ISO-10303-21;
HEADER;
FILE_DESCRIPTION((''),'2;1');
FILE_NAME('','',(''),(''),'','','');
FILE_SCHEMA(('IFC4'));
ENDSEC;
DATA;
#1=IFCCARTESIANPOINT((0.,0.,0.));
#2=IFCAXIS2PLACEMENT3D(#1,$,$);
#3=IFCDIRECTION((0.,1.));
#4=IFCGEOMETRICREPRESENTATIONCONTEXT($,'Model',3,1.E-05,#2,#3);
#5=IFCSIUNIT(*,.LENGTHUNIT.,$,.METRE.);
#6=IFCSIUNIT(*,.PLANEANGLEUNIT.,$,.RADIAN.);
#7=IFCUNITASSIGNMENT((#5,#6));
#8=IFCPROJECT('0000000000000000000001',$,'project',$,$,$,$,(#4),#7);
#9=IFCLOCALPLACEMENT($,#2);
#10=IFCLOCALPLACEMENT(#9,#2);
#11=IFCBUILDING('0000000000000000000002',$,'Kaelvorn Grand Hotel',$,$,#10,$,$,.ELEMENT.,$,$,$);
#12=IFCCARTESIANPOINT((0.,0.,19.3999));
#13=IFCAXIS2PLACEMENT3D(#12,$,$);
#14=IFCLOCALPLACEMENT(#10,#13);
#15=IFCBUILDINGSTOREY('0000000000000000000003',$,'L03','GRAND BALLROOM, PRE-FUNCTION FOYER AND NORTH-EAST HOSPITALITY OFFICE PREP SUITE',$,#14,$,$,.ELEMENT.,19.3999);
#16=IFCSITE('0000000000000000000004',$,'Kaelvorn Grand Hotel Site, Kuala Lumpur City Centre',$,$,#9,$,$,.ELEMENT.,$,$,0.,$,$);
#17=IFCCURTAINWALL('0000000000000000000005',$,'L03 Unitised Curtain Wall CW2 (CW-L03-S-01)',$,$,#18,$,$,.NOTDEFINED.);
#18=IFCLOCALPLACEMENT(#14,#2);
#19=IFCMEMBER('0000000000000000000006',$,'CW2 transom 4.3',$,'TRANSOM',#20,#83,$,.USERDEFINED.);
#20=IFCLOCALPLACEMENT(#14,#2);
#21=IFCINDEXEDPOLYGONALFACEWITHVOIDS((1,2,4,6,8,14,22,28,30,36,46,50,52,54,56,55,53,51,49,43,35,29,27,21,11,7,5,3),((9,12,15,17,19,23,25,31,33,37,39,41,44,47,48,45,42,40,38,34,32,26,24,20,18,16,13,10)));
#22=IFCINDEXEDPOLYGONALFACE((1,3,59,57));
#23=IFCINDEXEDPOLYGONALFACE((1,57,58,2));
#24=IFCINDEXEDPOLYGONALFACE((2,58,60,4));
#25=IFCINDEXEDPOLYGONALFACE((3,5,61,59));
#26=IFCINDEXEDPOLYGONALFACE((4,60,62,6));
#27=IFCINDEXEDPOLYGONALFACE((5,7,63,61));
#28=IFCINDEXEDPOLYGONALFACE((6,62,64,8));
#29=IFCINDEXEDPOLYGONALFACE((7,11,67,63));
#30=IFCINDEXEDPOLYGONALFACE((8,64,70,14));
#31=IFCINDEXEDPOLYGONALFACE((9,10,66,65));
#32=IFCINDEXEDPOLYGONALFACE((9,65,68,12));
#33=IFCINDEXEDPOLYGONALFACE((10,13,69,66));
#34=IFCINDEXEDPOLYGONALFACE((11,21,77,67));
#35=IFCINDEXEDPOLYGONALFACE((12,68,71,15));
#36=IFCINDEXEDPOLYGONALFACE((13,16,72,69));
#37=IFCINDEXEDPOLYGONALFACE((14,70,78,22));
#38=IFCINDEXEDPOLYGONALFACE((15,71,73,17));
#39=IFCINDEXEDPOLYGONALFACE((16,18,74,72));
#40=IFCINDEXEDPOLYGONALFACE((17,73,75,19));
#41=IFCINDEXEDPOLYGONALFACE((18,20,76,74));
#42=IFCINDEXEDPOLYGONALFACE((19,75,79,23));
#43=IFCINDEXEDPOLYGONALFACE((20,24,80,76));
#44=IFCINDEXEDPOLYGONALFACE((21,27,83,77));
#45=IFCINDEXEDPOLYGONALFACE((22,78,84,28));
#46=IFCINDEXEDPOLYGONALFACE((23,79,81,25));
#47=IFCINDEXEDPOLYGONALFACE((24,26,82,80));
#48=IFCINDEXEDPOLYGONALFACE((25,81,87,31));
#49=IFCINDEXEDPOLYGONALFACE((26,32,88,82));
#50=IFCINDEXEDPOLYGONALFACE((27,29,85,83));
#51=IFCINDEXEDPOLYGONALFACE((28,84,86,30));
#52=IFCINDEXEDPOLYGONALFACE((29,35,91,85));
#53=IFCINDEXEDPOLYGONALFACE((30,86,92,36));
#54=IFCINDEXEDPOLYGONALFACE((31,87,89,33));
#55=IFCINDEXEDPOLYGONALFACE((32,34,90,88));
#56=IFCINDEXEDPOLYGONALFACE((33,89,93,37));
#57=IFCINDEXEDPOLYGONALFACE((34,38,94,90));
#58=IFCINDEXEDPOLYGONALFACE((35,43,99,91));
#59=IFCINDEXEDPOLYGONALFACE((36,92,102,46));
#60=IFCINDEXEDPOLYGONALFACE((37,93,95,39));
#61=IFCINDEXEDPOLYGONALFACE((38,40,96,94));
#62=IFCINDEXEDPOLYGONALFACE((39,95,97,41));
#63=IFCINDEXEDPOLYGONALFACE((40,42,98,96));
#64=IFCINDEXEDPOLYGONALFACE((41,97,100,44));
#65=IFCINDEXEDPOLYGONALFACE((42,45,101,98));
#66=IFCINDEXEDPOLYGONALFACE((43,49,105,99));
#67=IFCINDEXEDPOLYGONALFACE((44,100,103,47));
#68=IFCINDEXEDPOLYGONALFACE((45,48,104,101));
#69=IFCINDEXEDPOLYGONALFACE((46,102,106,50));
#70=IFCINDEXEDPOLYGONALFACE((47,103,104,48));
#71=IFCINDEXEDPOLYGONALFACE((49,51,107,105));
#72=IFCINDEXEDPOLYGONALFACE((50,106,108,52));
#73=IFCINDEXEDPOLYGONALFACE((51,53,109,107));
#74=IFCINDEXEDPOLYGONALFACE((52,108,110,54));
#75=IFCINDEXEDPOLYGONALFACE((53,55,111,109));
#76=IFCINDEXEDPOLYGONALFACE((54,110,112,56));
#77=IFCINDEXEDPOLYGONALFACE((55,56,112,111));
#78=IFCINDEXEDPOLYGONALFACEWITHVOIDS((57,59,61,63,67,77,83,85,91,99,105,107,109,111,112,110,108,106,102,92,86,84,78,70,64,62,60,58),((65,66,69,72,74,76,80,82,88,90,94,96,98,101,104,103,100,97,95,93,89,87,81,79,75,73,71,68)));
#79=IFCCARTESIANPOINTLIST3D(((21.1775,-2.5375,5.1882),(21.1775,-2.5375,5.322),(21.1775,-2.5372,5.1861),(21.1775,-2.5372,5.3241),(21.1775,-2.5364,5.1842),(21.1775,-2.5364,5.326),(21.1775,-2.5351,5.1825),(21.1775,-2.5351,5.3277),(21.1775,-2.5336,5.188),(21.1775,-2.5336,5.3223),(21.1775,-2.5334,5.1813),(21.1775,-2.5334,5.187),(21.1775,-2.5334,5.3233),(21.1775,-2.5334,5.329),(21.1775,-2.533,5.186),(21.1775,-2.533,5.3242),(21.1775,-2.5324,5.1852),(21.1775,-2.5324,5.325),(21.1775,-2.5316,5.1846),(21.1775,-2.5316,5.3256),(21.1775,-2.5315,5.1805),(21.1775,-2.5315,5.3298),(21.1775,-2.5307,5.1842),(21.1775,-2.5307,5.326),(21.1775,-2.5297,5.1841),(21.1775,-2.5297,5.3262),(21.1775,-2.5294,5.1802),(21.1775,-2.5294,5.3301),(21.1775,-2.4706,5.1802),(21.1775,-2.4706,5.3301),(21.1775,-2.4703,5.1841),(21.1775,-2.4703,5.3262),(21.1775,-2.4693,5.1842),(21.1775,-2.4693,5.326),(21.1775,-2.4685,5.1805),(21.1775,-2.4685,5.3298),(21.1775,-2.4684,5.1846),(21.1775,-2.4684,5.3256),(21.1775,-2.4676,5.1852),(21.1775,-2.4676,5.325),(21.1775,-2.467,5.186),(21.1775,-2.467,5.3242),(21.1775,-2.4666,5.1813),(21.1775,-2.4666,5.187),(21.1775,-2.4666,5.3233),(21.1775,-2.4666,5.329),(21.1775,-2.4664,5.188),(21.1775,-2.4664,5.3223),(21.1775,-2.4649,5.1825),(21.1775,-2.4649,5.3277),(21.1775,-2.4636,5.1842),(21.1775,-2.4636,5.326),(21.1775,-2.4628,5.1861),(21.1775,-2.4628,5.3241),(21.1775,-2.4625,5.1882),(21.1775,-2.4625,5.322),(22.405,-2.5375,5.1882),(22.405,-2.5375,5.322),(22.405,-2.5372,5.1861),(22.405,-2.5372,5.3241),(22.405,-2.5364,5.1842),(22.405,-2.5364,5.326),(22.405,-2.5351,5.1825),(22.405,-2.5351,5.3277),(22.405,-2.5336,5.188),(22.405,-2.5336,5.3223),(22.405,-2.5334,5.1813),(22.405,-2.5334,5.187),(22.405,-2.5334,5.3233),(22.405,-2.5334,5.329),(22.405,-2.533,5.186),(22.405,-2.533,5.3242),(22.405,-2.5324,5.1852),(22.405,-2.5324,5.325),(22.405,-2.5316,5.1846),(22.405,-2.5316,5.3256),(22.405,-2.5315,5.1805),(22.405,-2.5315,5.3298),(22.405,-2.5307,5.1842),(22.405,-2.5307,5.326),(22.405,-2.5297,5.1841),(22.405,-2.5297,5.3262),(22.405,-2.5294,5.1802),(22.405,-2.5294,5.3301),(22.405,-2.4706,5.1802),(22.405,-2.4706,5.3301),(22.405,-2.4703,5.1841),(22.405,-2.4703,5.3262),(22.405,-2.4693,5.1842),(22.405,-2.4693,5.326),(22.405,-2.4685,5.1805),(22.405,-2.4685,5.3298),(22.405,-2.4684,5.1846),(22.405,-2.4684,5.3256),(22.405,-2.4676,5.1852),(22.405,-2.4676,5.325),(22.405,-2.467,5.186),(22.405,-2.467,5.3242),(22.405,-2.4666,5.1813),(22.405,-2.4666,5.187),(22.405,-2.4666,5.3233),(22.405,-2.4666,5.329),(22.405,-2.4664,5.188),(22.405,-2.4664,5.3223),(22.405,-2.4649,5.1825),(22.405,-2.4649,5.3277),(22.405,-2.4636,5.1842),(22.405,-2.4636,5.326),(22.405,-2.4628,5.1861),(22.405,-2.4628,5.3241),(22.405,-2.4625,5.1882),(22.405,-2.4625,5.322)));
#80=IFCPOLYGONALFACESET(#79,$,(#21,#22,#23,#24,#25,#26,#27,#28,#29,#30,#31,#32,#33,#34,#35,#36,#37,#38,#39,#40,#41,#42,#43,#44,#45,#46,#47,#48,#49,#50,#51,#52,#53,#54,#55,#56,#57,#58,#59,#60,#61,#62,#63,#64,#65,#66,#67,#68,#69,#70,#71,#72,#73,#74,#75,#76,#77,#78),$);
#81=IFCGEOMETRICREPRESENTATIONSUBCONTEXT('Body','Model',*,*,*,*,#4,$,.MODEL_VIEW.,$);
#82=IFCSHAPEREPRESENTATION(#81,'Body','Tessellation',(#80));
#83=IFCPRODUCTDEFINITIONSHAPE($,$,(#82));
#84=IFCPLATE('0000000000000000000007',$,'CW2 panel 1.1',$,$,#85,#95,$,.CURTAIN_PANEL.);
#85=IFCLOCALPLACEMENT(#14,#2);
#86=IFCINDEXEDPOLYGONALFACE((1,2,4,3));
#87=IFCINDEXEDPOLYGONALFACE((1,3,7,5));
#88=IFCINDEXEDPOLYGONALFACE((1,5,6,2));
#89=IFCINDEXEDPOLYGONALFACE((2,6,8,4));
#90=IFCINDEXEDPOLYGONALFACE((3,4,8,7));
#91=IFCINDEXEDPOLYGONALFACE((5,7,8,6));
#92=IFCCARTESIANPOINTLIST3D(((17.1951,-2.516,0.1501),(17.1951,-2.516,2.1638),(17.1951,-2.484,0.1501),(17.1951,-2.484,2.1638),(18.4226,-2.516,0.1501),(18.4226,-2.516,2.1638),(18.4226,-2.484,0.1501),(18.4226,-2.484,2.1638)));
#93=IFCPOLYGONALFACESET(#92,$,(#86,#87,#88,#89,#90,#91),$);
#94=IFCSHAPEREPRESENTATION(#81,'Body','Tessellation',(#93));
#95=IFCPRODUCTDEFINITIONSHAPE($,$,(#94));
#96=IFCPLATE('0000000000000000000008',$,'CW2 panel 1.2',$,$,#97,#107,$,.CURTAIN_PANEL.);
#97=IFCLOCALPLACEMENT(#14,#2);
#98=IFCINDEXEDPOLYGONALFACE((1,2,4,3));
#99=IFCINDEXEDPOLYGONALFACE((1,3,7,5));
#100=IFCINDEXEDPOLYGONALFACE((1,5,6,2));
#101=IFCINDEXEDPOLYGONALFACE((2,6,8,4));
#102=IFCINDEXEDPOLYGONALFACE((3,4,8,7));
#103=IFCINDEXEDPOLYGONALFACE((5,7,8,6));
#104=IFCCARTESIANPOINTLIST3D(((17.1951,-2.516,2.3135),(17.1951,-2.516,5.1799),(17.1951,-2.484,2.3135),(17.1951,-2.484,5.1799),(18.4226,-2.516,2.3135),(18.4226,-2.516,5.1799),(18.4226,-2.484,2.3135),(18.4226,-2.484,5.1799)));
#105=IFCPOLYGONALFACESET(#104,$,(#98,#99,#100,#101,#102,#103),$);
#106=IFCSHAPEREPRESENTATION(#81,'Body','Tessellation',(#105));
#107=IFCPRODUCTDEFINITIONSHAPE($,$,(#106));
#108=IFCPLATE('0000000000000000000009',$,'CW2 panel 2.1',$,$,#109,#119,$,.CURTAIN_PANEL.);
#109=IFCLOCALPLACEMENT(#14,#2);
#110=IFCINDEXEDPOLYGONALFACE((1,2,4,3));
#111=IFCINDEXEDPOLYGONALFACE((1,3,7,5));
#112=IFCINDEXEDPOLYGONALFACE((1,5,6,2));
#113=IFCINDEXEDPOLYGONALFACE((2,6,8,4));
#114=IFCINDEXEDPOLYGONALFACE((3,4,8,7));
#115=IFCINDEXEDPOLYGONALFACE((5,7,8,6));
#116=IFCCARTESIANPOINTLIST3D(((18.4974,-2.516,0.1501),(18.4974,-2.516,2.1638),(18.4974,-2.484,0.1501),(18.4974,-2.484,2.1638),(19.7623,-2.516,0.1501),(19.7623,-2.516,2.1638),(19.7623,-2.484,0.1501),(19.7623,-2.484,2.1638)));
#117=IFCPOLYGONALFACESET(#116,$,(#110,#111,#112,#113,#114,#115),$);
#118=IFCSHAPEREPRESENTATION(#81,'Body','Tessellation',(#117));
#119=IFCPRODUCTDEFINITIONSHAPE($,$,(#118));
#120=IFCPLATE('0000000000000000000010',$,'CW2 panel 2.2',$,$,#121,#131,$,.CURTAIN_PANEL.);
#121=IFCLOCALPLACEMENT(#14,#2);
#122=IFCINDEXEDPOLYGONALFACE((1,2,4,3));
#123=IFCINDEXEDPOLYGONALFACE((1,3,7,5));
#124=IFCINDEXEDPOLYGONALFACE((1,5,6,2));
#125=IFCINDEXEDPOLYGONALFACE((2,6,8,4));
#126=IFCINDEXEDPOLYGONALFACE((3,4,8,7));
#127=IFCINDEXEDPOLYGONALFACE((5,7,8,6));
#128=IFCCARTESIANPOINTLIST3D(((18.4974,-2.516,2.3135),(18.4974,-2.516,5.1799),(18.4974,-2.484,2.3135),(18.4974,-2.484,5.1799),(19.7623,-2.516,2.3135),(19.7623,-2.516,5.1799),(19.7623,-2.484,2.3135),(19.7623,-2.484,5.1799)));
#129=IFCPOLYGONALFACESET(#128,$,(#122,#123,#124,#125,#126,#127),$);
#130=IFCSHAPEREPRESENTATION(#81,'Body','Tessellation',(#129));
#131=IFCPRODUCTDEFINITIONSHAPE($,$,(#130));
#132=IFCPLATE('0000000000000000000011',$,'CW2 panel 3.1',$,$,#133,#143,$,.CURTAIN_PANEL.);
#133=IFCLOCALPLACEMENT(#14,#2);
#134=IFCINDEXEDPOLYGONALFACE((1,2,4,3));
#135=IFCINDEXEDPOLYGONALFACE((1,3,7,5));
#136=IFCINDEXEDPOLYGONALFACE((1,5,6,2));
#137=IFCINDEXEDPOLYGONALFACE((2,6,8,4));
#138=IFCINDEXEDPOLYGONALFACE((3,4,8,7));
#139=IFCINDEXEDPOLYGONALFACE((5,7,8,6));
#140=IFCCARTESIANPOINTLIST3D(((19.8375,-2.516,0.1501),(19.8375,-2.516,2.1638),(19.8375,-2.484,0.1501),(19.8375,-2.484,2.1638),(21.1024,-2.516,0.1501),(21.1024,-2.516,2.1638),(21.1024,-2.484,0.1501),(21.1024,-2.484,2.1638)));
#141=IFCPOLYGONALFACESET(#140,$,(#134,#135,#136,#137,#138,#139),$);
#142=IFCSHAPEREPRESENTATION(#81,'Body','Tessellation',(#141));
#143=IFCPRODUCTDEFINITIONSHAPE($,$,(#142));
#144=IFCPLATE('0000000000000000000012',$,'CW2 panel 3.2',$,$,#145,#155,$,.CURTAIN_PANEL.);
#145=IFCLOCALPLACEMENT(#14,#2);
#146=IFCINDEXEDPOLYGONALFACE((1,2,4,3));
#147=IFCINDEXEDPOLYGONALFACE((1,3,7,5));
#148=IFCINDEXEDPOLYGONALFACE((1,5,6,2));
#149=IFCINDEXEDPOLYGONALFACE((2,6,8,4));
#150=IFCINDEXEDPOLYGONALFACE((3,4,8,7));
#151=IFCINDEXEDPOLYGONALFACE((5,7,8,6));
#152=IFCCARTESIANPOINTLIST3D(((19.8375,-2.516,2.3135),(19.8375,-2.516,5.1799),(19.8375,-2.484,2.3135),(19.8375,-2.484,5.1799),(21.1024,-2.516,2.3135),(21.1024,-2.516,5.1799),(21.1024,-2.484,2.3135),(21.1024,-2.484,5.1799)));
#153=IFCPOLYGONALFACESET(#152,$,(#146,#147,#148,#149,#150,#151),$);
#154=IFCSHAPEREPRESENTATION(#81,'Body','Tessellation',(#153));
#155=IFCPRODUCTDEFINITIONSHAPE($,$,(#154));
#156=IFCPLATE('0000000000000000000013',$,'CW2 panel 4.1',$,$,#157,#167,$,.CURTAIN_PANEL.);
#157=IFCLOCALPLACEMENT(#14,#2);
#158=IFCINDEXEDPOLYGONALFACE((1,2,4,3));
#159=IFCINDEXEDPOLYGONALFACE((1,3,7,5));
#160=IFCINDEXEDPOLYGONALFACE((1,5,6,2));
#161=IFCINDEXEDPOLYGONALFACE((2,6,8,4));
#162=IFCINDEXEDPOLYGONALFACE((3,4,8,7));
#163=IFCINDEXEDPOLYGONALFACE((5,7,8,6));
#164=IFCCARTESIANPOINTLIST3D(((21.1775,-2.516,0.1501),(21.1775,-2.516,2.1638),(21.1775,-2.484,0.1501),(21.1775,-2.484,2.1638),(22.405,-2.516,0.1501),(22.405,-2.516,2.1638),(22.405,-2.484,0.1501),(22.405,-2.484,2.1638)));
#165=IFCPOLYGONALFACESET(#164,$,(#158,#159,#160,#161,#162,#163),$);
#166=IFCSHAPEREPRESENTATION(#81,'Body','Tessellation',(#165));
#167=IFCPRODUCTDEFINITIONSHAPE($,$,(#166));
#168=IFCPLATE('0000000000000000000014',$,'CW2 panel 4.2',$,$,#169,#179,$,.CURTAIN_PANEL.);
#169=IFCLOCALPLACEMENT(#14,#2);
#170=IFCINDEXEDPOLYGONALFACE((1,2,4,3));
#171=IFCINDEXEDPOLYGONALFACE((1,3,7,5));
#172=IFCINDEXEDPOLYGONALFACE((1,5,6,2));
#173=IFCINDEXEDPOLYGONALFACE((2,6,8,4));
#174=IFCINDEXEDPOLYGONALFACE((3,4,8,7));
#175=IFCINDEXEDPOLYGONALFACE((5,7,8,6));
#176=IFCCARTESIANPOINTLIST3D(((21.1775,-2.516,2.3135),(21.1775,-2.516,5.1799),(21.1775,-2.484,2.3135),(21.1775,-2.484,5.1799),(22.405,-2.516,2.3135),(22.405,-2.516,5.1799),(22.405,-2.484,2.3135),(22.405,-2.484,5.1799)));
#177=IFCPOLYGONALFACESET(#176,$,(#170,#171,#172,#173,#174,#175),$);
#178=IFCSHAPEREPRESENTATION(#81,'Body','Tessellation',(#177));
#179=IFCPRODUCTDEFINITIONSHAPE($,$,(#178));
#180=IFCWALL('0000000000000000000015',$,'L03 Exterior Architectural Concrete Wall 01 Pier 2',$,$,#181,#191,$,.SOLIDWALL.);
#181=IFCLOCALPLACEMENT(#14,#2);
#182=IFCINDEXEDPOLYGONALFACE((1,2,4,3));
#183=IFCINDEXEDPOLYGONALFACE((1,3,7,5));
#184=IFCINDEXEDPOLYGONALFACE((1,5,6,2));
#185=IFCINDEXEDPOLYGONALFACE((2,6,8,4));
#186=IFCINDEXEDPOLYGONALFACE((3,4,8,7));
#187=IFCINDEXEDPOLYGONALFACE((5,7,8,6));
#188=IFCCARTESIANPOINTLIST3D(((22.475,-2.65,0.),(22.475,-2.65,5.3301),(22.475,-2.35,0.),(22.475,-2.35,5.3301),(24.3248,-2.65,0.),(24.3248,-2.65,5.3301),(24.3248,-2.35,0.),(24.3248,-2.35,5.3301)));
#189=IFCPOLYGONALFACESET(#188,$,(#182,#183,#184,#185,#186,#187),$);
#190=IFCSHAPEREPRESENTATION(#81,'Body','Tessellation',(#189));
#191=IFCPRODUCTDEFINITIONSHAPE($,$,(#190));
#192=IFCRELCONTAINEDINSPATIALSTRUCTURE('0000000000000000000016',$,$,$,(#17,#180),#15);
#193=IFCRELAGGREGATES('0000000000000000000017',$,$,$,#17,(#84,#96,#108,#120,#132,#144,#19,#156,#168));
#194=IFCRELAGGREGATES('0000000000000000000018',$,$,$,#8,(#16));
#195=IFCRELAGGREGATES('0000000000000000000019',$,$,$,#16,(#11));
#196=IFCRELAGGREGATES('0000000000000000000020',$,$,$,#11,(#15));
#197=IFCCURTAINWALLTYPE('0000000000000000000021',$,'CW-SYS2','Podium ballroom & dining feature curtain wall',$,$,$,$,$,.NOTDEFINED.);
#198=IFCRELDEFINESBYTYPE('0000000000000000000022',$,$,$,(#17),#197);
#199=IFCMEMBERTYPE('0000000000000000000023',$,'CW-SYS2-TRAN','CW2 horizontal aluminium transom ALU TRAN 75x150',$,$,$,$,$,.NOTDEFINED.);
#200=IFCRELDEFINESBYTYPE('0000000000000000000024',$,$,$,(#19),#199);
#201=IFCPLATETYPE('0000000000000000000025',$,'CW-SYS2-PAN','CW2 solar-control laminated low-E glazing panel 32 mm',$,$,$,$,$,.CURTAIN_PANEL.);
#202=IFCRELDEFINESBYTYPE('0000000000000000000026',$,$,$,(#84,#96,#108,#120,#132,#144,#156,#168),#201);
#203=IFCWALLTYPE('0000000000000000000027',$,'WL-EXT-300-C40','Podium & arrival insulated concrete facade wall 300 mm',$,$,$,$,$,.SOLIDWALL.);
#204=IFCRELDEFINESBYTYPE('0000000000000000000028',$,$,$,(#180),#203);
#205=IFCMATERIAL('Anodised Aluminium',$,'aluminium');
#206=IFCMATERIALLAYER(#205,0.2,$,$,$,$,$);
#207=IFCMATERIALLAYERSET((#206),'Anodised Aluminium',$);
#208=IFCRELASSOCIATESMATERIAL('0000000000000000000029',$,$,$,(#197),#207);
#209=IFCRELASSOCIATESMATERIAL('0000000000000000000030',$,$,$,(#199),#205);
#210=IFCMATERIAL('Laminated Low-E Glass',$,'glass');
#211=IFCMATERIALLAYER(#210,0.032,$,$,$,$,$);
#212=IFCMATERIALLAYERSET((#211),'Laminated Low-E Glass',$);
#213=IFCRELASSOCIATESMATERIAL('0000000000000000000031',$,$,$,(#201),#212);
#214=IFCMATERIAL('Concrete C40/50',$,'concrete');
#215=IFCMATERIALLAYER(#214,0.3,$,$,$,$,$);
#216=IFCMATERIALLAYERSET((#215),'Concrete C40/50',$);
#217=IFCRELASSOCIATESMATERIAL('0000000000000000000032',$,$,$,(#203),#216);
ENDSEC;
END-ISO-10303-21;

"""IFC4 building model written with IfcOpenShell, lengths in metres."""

from ifc_helpers import new_model, si_unit, direction, frame, frame_2d, origin, origin_2d, place, context, subcontext, project, spatial, rectangle, hollow_rectangle, extrude, material, layer, layer_set, material_profile, profile_set, type_object, element, aggregate, save


model = new_model("IFC4")

# Units and contexts
model_context = context("Model", 3, precision=1e-05, world=origin(), true_north=direction((0.0, 1.0)))
body_context = subcontext(model_context, "Body", "Model", "MODEL_VIEW")
ifc_project = project(units=[si_unit("LENGTHUNIT", "METRE"), si_unit("PLANEANGLEUNIT", "RADIAN")], contexts=[model_context])

# Site, building, storey
site_placement = place(None, origin())
site = spatial("IfcSite", under=ifc_project, at=site_placement, Name="Kaelvorn Grand Hotel Site, Kuala Lumpur City Centre", CompositionType="ELEMENT", RefElevation=0.0)
building_placement = place(site_placement, origin())
building = spatial("IfcBuilding", under=site, at=building_placement, Name="Kaelvorn Grand Hotel", CompositionType="ELEMENT")
storey_placement = place(building_placement, frame((0.0, 0.0, 19.3999)))
storey = spatial("IfcBuildingStorey", under=building, at=storey_placement, Name="L03", Description="GRAND BALLROOM, PRE-FUNCTION FOYER AND NORTH-EAST HOSPITALITY OFFICE PREP SUITE", CompositionType="ELEMENT", Elevation=19.3999)

# Curtain wall, member, plates
ifc_material_1 = material(Name="Anodised Aluminium", Category="aluminium")
ifc_layer_1 = layer(ifc_material_1, 0.2)
ifc_layer_set_1 = layer_set([ifc_layer_1], Name="Anodised Aluminium")
curtain_wall_type = type_object("IfcCurtainWallType", Name="CW-SYS2", Description="Podium ballroom & dining feature curtain wall", PredefinedType="NOTDEFINED", material=ifc_layer_set_1)
curtain_wall_placement = place(storey_placement, origin())
curtain_wall = element("IfcCurtainWall", 1, at=curtain_wall_placement, inside=storey, type_object=curtain_wall_type, Name="L03 Unitised Curtain Wall CW2 (CW-L03-S-01)", PredefinedType="NOTDEFINED")
ifc_material_profile_1 = material_profile(ifc_material_1, hollow_rectangle(XDim=0.075, YDim=0.1499, WallThickness=0.0039, InnerFilletRadius=0.0039, OuterFilletRadius=0.0081, at=origin_2d()), Name="ALU TRAN 75x150")
ifc_profile_set_1 = profile_set([ifc_material_profile_1], Name="Anodised Aluminium")
member_type_1 = type_object("IfcMemberType", Name="CW-SYS2-TRAN", Description="CW2 horizontal aluminium transom ALU TRAN 75x150", PredefinedType="NOTDEFINED", material=ifc_profile_set_1)
member_1_placement = place(storey_placement, frame((21.1775, -2.5, 5.2551), z_axis=(1.0, 0.0, 0.0), x_axis=(0.0, 1.0, 0.0)))
member_1 = element("IfcMember", 2, at=member_1_placement, type_object=member_type_1, Name="CW2 transom 4.3", ObjectType="TRANSOM", PredefinedType="USERDEFINED", context=body_context, shape_type="SweptSolid", body=[
    extrude(hollow_rectangle(XDim=0.075, YDim=0.1499, WallThickness=0.0039, InnerFilletRadius=0.0039, OuterFilletRadius=0.0081, at=origin_2d()), origin(), (0.0, 0.0, 1.0), 1.2275),
])
ifc_material_2 = material(Name="Laminated Low-E Glass", Category="glass")
ifc_layer_2 = layer(ifc_material_2, 0.032)
ifc_layer_set_2 = layer_set([ifc_layer_2], Name="Laminated Low-E Glass")
plate_type = type_object("IfcPlateType", Name="CW-SYS2-PAN", Description="CW2 solar-control laminated low-E glazing panel 32 mm", PredefinedType="CURTAIN_PANEL", material=ifc_layer_set_2)
plate_1_placement = place(storey_placement, frame((17.8088, -2.5, 0.1501), z_axis=(0.0, 0.0, 1.0), x_axis=(1.0, 0.0, 0.0)))
plate_1 = element("IfcPlate", 3, at=plate_1_placement, type_object=plate_type, Name="CW2 panel 1.1", PredefinedType="CURTAIN_PANEL", context=body_context, shape_type="SweptSolid", body=[
    extrude(rectangle(XDim=1.2275, YDim=0.032, at=origin_2d()), origin(), (0.0, 0.0, 1.0), 2.0137),
])
plate_2_placement = place(storey_placement, frame((17.8088, -2.5, 2.3135), z_axis=(0.0, 0.0, 1.0), x_axis=(1.0, 0.0, 0.0)))
plate_2 = element("IfcPlate", 4, at=plate_2_placement, type_object=plate_type, Name="CW2 panel 1.2", PredefinedType="CURTAIN_PANEL", context=body_context, shape_type="SweptSolid", body=[
    extrude(rectangle(XDim=1.2275, YDim=0.032, at=origin_2d()), origin(), (0.0, 0.0, 1.0), 2.8665),
])
plate_3_placement = place(storey_placement, frame((19.1299, -2.5, 0.1501), z_axis=(0.0, 0.0, 1.0), x_axis=(1.0, 0.0, 0.0)))
plate_3 = element("IfcPlate", 5, at=plate_3_placement, type_object=plate_type, Name="CW2 panel 2.1", PredefinedType="CURTAIN_PANEL", context=body_context, shape_type="SweptSolid", body=[
    extrude(rectangle(XDim=1.2649, YDim=0.032, at=origin_2d()), origin(), (0.0, 0.0, 1.0), 2.0137),
])
plate_4_placement = place(storey_placement, frame((19.1299, -2.5, 2.3135), z_axis=(0.0, 0.0, 1.0), x_axis=(1.0, 0.0, 0.0)))
plate_4 = element("IfcPlate", 6, at=plate_4_placement, type_object=plate_type, Name="CW2 panel 2.2", PredefinedType="CURTAIN_PANEL", context=body_context, shape_type="SweptSolid", body=[
    extrude(rectangle(XDim=1.2649, YDim=0.032, at=origin_2d()), origin(), (0.0, 0.0, 1.0), 2.8665),
])
plate_5_placement = place(storey_placement, frame((20.47, -2.5, 0.1501), z_axis=(0.0, 0.0, 1.0), x_axis=(1.0, 0.0, 0.0)))
plate_5 = element("IfcPlate", 7, at=plate_5_placement, type_object=plate_type, Name="CW2 panel 3.1", PredefinedType="CURTAIN_PANEL", context=body_context, shape_type="SweptSolid", body=[
    extrude(rectangle(XDim=1.2649, YDim=0.032, at=origin_2d()), origin(), (0.0, 0.0, 1.0), 2.0137),
])
plate_6_placement = place(storey_placement, frame((20.47, -2.5, 2.3135), z_axis=(0.0, 0.0, 1.0), x_axis=(1.0, 0.0, 0.0)))
plate_6 = element("IfcPlate", 8, at=plate_6_placement, type_object=plate_type, Name="CW2 panel 3.2", PredefinedType="CURTAIN_PANEL", context=body_context, shape_type="SweptSolid", body=[
    extrude(rectangle(XDim=1.2649, YDim=0.032, at=origin_2d()), origin(), (0.0, 0.0, 1.0), 2.8665),
])
plate_7_placement = place(storey_placement, frame((21.7913, -2.5, 0.1501), z_axis=(0.0, 0.0, 1.0), x_axis=(1.0, 0.0, 0.0)))
plate_7 = element("IfcPlate", 9, at=plate_7_placement, type_object=plate_type, Name="CW2 panel 4.1", PredefinedType="CURTAIN_PANEL", context=body_context, shape_type="SweptSolid", body=[
    extrude(rectangle(XDim=1.2275, YDim=0.032, at=origin_2d()), origin(), (0.0, 0.0, 1.0), 2.0137),
])
plate_8_placement = place(storey_placement, frame((21.7913, -2.5, 2.3135), z_axis=(0.0, 0.0, 1.0), x_axis=(1.0, 0.0, 0.0)))
plate_8 = element("IfcPlate", 10, at=plate_8_placement, type_object=plate_type, Name="CW2 panel 4.2", PredefinedType="CURTAIN_PANEL", context=body_context, shape_type="SweptSolid", body=[
    extrude(rectangle(XDim=1.2275, YDim=0.032, at=origin_2d()), origin(), (0.0, 0.0, 1.0), 2.8665),
])
aggregate(curtain_wall, [plate_1, plate_2, plate_3, plate_4, plate_5, plate_6, member_1, plate_7, plate_8])

# Wall
ifc_material_3 = material(Name="Concrete C40/50", Category="concrete")
ifc_layer_3 = layer(ifc_material_3, 0.3)
ifc_layer_set_3 = layer_set([ifc_layer_3], Name="Concrete C40/50")
wall_type = type_object("IfcWallType", Name="WL-EXT-300-C40", Description="Podium & arrival insulated concrete facade wall 300 mm", PredefinedType="SOLIDWALL", material=ifc_layer_set_3)
wall_placement = place(storey_placement, frame((22.4751, -2.5, 0.0), z_axis=(0.0, 0.0, 1.0), x_axis=(1.0, 0.0, 0.0)))
element("IfcWall", 11, at=wall_placement, inside=storey, type_object=wall_type, Name="L03 Exterior Architectural Concrete Wall 01 Pier 2", PredefinedType="SOLIDWALL", context=body_context, shape_type="SweptSolid", body=[
    extrude(rectangle(XDim=1.8499, YDim=0.3, at=frame_2d((0.9248, 0.0))), origin(), (0.0, 0.0, 1.0), 5.3301),
])

save(model, "model.ifc")
